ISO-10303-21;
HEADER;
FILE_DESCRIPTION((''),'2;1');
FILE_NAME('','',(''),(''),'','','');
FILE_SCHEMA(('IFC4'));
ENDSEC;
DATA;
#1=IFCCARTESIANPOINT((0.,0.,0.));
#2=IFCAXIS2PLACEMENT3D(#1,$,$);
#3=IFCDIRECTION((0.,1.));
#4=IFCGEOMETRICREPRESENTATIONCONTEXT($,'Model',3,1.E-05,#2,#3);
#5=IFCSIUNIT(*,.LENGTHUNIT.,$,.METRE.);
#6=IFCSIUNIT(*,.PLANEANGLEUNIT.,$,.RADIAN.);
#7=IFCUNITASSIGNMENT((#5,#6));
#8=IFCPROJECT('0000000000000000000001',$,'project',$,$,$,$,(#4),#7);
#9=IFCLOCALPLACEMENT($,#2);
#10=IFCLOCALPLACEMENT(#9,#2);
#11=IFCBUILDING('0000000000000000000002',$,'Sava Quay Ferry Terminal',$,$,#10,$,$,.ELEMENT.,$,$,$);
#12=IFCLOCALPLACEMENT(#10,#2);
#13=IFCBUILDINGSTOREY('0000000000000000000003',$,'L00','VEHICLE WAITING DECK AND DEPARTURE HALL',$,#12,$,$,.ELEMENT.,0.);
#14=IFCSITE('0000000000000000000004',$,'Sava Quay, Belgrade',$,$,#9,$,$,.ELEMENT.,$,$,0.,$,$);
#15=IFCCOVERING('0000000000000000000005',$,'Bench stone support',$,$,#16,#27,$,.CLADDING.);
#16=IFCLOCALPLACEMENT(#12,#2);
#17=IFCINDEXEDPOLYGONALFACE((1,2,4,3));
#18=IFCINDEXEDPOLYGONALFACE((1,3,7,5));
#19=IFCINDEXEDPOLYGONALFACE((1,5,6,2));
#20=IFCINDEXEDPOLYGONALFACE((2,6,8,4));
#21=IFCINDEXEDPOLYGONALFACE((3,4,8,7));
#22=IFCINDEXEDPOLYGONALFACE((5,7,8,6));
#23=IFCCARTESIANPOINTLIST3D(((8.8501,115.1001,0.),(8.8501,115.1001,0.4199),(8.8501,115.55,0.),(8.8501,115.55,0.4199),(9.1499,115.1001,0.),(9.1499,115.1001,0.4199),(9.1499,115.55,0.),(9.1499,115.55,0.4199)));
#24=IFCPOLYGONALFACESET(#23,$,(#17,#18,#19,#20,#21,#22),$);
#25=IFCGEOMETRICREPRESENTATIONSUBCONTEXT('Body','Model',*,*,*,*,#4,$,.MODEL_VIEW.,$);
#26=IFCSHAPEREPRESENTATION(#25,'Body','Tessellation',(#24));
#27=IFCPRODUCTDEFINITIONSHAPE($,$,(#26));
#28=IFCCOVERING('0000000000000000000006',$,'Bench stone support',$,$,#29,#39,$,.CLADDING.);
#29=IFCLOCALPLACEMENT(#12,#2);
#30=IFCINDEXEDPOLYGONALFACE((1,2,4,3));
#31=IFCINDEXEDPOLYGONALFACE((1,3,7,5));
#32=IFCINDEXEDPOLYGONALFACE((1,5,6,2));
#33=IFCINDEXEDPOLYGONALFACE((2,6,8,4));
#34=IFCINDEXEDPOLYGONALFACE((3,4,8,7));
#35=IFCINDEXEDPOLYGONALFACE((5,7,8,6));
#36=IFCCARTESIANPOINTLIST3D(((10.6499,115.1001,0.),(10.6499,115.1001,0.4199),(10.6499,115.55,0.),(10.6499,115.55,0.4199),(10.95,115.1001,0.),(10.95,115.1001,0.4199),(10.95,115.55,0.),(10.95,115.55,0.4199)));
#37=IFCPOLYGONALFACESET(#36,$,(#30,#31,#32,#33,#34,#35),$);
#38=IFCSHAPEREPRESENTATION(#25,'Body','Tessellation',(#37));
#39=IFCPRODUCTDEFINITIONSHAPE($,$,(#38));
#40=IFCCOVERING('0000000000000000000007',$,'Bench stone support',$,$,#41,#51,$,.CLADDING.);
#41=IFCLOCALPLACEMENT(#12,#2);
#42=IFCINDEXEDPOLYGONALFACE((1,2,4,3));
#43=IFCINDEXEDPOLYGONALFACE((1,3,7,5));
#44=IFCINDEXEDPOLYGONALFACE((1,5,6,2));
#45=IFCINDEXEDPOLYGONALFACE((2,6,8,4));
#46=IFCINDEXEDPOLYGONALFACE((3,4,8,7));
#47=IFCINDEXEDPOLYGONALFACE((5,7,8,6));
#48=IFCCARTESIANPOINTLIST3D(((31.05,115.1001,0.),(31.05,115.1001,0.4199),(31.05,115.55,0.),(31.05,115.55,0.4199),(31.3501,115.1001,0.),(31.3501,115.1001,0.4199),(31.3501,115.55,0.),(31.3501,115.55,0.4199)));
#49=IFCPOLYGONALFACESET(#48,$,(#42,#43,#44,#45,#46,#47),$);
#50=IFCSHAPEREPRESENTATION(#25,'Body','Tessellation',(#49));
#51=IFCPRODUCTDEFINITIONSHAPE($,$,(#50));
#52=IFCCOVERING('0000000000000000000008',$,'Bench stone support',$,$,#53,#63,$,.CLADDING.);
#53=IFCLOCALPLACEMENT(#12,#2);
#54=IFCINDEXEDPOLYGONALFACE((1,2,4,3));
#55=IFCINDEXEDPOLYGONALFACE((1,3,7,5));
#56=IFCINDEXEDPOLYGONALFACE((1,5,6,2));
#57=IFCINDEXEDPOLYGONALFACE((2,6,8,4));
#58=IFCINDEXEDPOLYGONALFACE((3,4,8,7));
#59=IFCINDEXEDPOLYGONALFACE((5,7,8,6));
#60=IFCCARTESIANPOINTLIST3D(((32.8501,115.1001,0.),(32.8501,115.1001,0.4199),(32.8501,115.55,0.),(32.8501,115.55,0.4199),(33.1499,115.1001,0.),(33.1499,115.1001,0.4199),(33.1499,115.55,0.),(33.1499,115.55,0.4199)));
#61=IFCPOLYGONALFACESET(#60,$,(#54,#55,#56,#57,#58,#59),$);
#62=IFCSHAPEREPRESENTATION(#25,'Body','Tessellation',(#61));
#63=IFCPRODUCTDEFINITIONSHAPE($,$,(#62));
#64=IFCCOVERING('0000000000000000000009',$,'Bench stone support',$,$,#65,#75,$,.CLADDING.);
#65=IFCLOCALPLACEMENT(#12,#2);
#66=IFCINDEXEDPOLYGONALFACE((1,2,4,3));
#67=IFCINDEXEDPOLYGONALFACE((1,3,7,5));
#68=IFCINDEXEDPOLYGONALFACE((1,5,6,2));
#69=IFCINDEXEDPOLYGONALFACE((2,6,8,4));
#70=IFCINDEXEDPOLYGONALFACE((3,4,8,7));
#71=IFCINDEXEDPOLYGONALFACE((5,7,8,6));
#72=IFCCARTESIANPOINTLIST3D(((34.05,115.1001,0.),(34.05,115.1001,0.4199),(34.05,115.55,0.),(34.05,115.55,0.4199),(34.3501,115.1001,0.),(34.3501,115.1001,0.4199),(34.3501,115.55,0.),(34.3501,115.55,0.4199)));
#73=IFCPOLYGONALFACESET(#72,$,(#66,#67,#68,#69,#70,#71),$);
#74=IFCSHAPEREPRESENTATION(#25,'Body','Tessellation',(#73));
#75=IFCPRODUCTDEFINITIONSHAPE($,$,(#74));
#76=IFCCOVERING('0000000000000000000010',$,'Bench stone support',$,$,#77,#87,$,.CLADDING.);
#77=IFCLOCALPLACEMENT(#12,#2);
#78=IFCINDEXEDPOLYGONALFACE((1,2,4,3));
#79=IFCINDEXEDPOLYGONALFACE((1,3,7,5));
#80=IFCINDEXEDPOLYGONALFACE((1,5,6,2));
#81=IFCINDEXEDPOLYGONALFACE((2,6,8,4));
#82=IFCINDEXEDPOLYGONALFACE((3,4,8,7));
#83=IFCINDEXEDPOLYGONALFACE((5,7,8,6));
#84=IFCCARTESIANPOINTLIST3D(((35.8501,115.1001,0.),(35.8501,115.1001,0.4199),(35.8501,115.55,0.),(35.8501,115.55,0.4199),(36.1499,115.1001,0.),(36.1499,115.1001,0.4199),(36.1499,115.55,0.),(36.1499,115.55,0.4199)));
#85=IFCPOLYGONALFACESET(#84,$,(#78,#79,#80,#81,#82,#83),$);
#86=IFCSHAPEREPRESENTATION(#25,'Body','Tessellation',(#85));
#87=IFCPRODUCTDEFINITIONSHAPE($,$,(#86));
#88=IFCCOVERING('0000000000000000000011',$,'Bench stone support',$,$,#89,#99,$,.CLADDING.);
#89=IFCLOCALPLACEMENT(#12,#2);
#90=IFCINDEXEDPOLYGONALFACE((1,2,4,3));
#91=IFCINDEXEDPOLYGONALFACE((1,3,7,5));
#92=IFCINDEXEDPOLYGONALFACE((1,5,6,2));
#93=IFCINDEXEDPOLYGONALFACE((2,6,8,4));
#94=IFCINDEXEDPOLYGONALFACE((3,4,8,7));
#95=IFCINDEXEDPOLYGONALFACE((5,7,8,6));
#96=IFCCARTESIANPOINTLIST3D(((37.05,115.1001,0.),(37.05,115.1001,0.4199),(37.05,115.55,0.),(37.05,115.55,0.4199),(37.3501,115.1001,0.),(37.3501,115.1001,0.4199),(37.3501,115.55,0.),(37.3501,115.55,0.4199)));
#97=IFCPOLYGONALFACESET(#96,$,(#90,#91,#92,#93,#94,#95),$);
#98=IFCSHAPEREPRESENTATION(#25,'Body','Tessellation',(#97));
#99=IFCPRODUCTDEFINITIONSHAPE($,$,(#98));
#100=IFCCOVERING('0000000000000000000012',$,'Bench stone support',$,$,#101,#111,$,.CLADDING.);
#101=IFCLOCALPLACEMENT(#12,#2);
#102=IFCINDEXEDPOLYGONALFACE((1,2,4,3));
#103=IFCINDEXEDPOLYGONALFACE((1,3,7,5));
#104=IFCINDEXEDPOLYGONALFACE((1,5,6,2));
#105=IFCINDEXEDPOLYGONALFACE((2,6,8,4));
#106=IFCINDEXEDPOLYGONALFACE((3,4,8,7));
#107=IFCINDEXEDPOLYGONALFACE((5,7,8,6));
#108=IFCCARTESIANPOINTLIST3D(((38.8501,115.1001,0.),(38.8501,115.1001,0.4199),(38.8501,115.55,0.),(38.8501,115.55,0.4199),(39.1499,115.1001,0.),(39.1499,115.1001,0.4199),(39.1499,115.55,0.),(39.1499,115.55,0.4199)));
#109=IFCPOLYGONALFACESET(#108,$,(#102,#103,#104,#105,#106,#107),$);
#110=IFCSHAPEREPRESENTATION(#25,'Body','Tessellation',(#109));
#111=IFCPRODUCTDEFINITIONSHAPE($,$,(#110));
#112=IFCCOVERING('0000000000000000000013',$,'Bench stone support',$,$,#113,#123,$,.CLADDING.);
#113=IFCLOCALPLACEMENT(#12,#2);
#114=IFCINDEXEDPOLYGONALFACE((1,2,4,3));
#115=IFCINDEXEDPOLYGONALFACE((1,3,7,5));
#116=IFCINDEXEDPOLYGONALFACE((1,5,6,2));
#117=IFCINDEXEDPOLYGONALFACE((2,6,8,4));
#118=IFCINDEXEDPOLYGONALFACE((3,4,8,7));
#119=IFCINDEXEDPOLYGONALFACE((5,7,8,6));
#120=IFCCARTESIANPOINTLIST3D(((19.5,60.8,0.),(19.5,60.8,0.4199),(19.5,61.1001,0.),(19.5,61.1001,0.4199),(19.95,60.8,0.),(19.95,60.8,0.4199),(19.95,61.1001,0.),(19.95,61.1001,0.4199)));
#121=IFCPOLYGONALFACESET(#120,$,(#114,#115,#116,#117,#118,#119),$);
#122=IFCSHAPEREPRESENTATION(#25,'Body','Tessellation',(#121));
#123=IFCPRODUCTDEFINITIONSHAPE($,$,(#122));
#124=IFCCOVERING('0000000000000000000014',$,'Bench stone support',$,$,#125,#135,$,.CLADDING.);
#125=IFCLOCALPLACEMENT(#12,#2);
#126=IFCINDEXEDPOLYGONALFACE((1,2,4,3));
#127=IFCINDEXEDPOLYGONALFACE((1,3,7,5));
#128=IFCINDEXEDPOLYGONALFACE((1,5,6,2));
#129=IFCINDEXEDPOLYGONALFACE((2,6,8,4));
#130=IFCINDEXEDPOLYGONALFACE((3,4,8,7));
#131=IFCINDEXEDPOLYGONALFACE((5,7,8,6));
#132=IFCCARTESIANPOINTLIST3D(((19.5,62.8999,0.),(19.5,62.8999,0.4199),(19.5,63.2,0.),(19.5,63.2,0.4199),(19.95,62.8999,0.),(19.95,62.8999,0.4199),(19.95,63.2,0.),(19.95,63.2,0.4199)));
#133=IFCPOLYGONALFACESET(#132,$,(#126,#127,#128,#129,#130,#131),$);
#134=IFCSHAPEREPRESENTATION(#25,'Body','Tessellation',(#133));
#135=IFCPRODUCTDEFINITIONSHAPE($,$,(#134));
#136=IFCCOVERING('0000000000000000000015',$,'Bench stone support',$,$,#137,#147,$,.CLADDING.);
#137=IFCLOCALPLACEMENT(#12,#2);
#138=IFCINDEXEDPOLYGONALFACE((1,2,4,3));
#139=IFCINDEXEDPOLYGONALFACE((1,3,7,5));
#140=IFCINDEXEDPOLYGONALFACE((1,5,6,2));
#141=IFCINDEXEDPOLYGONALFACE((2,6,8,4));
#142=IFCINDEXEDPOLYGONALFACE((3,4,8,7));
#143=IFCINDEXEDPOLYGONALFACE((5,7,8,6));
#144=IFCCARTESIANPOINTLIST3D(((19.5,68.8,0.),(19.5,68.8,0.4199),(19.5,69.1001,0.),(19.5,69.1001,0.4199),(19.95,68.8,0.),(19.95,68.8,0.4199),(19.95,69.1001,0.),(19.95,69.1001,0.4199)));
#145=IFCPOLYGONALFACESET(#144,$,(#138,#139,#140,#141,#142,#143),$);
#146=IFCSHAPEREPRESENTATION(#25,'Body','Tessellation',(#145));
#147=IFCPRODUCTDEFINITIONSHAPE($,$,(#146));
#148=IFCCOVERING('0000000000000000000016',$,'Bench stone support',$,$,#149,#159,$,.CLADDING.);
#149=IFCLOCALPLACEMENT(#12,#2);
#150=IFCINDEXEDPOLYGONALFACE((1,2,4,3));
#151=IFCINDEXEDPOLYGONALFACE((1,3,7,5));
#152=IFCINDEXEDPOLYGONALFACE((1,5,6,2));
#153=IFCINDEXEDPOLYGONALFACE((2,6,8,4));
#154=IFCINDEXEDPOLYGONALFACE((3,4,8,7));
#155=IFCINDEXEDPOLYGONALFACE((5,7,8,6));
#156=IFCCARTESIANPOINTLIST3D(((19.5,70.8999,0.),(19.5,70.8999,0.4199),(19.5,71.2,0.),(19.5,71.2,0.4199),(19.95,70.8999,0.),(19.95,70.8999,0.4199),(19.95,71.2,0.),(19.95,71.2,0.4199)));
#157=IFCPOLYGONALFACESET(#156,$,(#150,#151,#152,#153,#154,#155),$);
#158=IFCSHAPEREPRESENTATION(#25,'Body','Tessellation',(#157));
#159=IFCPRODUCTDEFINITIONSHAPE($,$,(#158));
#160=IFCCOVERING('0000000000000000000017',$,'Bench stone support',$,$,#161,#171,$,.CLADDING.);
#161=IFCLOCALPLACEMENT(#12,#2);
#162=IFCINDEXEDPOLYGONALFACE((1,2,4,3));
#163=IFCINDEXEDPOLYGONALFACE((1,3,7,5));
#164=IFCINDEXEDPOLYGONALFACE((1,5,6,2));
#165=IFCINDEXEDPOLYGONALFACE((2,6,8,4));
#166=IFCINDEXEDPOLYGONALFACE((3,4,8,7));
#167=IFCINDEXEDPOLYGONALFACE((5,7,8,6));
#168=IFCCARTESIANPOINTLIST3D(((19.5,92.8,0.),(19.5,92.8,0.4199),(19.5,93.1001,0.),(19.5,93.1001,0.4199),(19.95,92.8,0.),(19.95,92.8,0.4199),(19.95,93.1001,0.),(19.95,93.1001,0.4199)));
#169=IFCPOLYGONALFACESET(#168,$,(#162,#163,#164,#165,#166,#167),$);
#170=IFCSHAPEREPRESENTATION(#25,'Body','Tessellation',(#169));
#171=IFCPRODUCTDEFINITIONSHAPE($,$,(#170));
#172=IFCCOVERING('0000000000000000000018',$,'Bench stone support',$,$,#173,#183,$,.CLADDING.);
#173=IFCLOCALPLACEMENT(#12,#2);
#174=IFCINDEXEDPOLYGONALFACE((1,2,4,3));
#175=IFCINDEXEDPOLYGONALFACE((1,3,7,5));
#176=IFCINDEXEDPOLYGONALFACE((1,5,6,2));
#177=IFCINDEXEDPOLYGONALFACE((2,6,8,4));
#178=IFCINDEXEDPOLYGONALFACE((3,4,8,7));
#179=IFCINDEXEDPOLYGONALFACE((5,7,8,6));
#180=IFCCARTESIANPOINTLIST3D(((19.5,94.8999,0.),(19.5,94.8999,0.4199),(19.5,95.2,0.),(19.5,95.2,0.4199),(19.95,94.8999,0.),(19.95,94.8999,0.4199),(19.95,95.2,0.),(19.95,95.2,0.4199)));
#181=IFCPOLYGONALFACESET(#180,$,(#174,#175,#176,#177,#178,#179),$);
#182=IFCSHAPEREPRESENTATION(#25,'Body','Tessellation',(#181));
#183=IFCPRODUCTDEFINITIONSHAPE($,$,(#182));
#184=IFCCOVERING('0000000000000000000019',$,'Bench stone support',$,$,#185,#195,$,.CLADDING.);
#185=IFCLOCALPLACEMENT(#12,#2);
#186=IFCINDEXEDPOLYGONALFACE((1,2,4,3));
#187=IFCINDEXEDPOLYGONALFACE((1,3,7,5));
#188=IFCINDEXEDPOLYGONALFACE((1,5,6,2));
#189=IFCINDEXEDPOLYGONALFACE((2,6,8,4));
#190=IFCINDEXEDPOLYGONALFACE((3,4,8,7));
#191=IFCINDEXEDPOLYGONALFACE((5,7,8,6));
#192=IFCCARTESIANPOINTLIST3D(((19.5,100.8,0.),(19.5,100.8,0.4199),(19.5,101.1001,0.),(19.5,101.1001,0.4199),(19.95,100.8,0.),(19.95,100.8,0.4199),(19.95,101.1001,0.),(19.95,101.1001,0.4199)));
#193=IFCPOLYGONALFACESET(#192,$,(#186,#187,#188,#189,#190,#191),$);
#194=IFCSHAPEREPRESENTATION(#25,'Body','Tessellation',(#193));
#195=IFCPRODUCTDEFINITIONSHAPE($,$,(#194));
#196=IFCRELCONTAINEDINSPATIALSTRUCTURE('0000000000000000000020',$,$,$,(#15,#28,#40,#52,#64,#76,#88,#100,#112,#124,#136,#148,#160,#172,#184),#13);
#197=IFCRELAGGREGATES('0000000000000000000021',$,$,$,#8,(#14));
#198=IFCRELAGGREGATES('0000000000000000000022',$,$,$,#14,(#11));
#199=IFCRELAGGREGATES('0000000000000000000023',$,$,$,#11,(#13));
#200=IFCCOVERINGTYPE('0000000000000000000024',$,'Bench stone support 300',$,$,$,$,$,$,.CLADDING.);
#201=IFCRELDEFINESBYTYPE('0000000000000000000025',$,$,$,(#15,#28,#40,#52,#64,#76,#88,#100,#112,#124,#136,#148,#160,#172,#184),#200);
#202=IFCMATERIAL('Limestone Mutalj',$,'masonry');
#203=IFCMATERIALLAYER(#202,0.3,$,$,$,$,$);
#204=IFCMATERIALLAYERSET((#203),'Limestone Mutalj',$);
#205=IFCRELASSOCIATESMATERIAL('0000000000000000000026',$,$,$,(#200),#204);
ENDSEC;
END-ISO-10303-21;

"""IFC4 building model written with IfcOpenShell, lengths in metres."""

from ifc_helpers import new_model, si_unit, direction, origin, place, context, subcontext, project, spatial, polyline, outline, extrude, material, layer, layer_set, type_object, element, save


model = new_model("IFC4")

# Units and contexts
model_context = context("Model", 3, precision=1e-05, world=origin(), true_north=direction((0.0, 1.0)))
body_context = subcontext(model_context, "Body", "Model", "MODEL_VIEW")
ifc_project = project(units=[si_unit("LENGTHUNIT", "METRE"), si_unit("PLANEANGLEUNIT", "RADIAN")], contexts=[model_context])

# Site, building, storey
site_placement = place(None, origin())
site = spatial("IfcSite", under=ifc_project, at=site_placement, Name="Sava Quay, Belgrade", CompositionType="ELEMENT", RefElevation=0.0)
building_placement = place(site_placement, origin())
building = spatial("IfcBuilding", under=site, at=building_placement, Name="Sava Quay Ferry Terminal", CompositionType="ELEMENT")
storey_placement = place(building_placement, origin())
storey = spatial("IfcBuildingStorey", under=building, at=storey_placement, Name="L00", Description="VEHICLE WAITING DECK AND DEPARTURE HALL", CompositionType="ELEMENT", Elevation=0.0)

# Coverings
ifc_material_1 = material(Name="Limestone Mutalj", Category="masonry")
ifc_layer_1 = layer(ifc_material_1, 0.3)
ifc_layer_set_1 = layer_set([ifc_layer_1], Name="Limestone Mutalj")
covering_type_1 = type_object("IfcCoveringType", Name="Bench stone support 300", PredefinedType="CLADDING", material=ifc_layer_set_1)
covering_1_placement = place(storey_placement, origin())
element("IfcCovering", 1, at=covering_1_placement, inside=storey, type_object=covering_type_1, Name="Bench stone support", PredefinedType="CLADDING", context=body_context, shape_type="SweptSolid", body=[
    extrude(outline(polyline([(9.1499, 115.1001), (9.1499, 115.55), (8.8501, 115.55), (8.8501, 115.1001), (9.1499, 115.1001)])), origin(), (0.0, 0.0, 1.0), 0.4199),
])
covering_2_placement = place(storey_placement, origin())
element("IfcCovering", 2, at=covering_2_placement, inside=storey, type_object=covering_type_1, Name="Bench stone support", PredefinedType="CLADDING", context=body_context, shape_type="SweptSolid", body=[
    extrude(outline(polyline([(10.95, 115.1001), (10.95, 115.55), (10.6499, 115.55), (10.6499, 115.1001), (10.95, 115.1001)])), origin(), (0.0, 0.0, 1.0), 0.4199),
])
covering_3_placement = place(storey_placement, origin())
element("IfcCovering", 3, at=covering_3_placement, inside=storey, type_object=covering_type_1, Name="Bench stone support", PredefinedType="CLADDING", context=body_context, shape_type="SweptSolid", body=[
    extrude(outline(polyline([(31.3501, 115.1001), (31.3501, 115.55), (31.05, 115.55), (31.05, 115.1001), (31.3501, 115.1001)])), origin(), (0.0, 0.0, 1.0), 0.4199),
])
covering_4_placement = place(storey_placement, origin())
element("IfcCovering", 4, at=covering_4_placement, inside=storey, type_object=covering_type_1, Name="Bench stone support", PredefinedType="CLADDING", context=body_context, shape_type="SweptSolid", body=[
    extrude(outline(polyline([(33.1499, 115.1001), (33.1499, 115.55), (32.8501, 115.55), (32.8501, 115.1001), (33.1499, 115.1001)])), origin(), (0.0, 0.0, 1.0), 0.4199),
])
covering_5_placement = place(storey_placement, origin())
element("IfcCovering", 5, at=covering_5_placement, inside=storey, type_object=covering_type_1, Name="Bench stone support", PredefinedType="CLADDING", context=body_context, shape_type="SweptSolid", body=[
    extrude(outline(polyline([(34.3501, 115.1001), (34.3501, 115.55), (34.05, 115.55), (34.05, 115.1001), (34.3501, 115.1001)])), origin(), (0.0, 0.0, 1.0), 0.4199),
])
covering_6_placement = place(storey_placement, origin())
element("IfcCovering", 6, at=covering_6_placement, inside=storey, type_object=covering_type_1, Name="Bench stone support", PredefinedType="CLADDING", context=body_context, shape_type="SweptSolid", body=[
    extrude(outline(polyline([(36.1499, 115.1001), (36.1499, 115.55), (35.8501, 115.55), (35.8501, 115.1001), (36.1499, 115.1001)])), origin(), (0.0, 0.0, 1.0), 0.4199),
])
covering_7_placement = place(storey_placement, origin())
element("IfcCovering", 7, at=covering_7_placement, inside=storey, type_object=covering_type_1, Name="Bench stone support", PredefinedType="CLADDING", context=body_context, shape_type="SweptSolid", body=[
    extrude(outline(polyline([(37.3501, 115.1001), (37.3501, 115.55), (37.05, 115.55), (37.05, 115.1001), (37.3501, 115.1001)])), origin(), (0.0, 0.0, 1.0), 0.4199),
])
covering_8_placement = place(storey_placement, origin())
element("IfcCovering", 8, at=covering_8_placement, inside=storey, type_object=covering_type_1, Name="Bench stone support", PredefinedType="CLADDING", context=body_context, shape_type="SweptSolid", body=[
    extrude(outline(polyline([(39.1499, 115.1001), (39.1499, 115.55), (38.8501, 115.55), (38.8501, 115.1001), (39.1499, 115.1001)])), origin(), (0.0, 0.0, 1.0), 0.4199),
])
covering_9_placement = place(storey_placement, origin())
element("IfcCovering", 9, at=covering_9_placement, inside=storey, type_object=covering_type_1, Name="Bench stone support", PredefinedType="CLADDING", context=body_context, shape_type="SweptSolid", body=[
    extrude(outline(polyline([(19.95, 60.8), (19.95, 61.1001), (19.5, 61.1001), (19.5, 60.8), (19.95, 60.8)])), origin(), (0.0, 0.0, 1.0), 0.4199),
])
covering_10_placement = place(storey_placement, origin())
element("IfcCovering", 10, at=covering_10_placement, inside=storey, type_object=covering_type_1, Name="Bench stone support", PredefinedType="CLADDING", context=body_context, shape_type="SweptSolid", body=[
    extrude(outline(polyline([(19.95, 62.8999), (19.95, 63.2), (19.5, 63.2), (19.5, 62.8999), (19.95, 62.8999)])), origin(), (0.0, 0.0, 1.0), 0.4199),
])
covering_11_placement = place(storey_placement, origin())
element("IfcCovering", 11, at=covering_11_placement, inside=storey, type_object=covering_type_1, Name="Bench stone support", PredefinedType="CLADDING", context=body_context, shape_type="SweptSolid", body=[
    extrude(outline(polyline([(19.95, 68.8), (19.95, 69.1001), (19.5, 69.1001), (19.5, 68.8), (19.95, 68.8)])), origin(), (0.0, 0.0, 1.0), 0.4199),
])
covering_12_placement = place(storey_placement, origin())
element("IfcCovering", 12, at=covering_12_placement, inside=storey, type_object=covering_type_1, Name="Bench stone support", PredefinedType="CLADDING", context=body_context, shape_type="SweptSolid", body=[
    extrude(outline(polyline([(19.95, 70.8999), (19.95, 71.2), (19.5, 71.2), (19.5, 70.8999), (19.95, 70.8999)])), origin(), (0.0, 0.0, 1.0), 0.4199),
])
covering_13_placement = place(storey_placement, origin())
element("IfcCovering", 13, at=covering_13_placement, inside=storey, type_object=covering_type_1, Name="Bench stone support", PredefinedType="CLADDING", context=body_context, shape_type="SweptSolid", body=[
    extrude(outline(polyline([(19.95, 92.8), (19.95, 93.1001), (19.5, 93.1001), (19.5, 92.8), (19.95, 92.8)])), origin(), (0.0, 0.0, 1.0), 0.4199),
])
covering_14_placement = place(storey_placement, origin())
element("IfcCovering", 14, at=covering_14_placement, inside=storey, type_object=covering_type_1, Name="Bench stone support", PredefinedType="CLADDING", context=body_context, shape_type="SweptSolid", body=[
    extrude(outline(polyline([(19.95, 94.8999), (19.95, 95.2), (19.5, 95.2), (19.5, 94.8999), (19.95, 94.8999)])), origin(), (0.0, 0.0, 1.0), 0.4199),
])
covering_15_placement = place(storey_placement, origin())
element("IfcCovering", 15, at=covering_15_placement, inside=storey, type_object=covering_type_1, Name="Bench stone support", PredefinedType="CLADDING", context=body_context, shape_type="SweptSolid", body=[
    extrude(outline(polyline([(19.95, 100.8), (19.95, 101.1001), (19.5, 101.1001), (19.5, 100.8), (19.95, 100.8)])), origin(), (0.0, 0.0, 1.0), 0.4199),
])

save(model, "model.ifc")
